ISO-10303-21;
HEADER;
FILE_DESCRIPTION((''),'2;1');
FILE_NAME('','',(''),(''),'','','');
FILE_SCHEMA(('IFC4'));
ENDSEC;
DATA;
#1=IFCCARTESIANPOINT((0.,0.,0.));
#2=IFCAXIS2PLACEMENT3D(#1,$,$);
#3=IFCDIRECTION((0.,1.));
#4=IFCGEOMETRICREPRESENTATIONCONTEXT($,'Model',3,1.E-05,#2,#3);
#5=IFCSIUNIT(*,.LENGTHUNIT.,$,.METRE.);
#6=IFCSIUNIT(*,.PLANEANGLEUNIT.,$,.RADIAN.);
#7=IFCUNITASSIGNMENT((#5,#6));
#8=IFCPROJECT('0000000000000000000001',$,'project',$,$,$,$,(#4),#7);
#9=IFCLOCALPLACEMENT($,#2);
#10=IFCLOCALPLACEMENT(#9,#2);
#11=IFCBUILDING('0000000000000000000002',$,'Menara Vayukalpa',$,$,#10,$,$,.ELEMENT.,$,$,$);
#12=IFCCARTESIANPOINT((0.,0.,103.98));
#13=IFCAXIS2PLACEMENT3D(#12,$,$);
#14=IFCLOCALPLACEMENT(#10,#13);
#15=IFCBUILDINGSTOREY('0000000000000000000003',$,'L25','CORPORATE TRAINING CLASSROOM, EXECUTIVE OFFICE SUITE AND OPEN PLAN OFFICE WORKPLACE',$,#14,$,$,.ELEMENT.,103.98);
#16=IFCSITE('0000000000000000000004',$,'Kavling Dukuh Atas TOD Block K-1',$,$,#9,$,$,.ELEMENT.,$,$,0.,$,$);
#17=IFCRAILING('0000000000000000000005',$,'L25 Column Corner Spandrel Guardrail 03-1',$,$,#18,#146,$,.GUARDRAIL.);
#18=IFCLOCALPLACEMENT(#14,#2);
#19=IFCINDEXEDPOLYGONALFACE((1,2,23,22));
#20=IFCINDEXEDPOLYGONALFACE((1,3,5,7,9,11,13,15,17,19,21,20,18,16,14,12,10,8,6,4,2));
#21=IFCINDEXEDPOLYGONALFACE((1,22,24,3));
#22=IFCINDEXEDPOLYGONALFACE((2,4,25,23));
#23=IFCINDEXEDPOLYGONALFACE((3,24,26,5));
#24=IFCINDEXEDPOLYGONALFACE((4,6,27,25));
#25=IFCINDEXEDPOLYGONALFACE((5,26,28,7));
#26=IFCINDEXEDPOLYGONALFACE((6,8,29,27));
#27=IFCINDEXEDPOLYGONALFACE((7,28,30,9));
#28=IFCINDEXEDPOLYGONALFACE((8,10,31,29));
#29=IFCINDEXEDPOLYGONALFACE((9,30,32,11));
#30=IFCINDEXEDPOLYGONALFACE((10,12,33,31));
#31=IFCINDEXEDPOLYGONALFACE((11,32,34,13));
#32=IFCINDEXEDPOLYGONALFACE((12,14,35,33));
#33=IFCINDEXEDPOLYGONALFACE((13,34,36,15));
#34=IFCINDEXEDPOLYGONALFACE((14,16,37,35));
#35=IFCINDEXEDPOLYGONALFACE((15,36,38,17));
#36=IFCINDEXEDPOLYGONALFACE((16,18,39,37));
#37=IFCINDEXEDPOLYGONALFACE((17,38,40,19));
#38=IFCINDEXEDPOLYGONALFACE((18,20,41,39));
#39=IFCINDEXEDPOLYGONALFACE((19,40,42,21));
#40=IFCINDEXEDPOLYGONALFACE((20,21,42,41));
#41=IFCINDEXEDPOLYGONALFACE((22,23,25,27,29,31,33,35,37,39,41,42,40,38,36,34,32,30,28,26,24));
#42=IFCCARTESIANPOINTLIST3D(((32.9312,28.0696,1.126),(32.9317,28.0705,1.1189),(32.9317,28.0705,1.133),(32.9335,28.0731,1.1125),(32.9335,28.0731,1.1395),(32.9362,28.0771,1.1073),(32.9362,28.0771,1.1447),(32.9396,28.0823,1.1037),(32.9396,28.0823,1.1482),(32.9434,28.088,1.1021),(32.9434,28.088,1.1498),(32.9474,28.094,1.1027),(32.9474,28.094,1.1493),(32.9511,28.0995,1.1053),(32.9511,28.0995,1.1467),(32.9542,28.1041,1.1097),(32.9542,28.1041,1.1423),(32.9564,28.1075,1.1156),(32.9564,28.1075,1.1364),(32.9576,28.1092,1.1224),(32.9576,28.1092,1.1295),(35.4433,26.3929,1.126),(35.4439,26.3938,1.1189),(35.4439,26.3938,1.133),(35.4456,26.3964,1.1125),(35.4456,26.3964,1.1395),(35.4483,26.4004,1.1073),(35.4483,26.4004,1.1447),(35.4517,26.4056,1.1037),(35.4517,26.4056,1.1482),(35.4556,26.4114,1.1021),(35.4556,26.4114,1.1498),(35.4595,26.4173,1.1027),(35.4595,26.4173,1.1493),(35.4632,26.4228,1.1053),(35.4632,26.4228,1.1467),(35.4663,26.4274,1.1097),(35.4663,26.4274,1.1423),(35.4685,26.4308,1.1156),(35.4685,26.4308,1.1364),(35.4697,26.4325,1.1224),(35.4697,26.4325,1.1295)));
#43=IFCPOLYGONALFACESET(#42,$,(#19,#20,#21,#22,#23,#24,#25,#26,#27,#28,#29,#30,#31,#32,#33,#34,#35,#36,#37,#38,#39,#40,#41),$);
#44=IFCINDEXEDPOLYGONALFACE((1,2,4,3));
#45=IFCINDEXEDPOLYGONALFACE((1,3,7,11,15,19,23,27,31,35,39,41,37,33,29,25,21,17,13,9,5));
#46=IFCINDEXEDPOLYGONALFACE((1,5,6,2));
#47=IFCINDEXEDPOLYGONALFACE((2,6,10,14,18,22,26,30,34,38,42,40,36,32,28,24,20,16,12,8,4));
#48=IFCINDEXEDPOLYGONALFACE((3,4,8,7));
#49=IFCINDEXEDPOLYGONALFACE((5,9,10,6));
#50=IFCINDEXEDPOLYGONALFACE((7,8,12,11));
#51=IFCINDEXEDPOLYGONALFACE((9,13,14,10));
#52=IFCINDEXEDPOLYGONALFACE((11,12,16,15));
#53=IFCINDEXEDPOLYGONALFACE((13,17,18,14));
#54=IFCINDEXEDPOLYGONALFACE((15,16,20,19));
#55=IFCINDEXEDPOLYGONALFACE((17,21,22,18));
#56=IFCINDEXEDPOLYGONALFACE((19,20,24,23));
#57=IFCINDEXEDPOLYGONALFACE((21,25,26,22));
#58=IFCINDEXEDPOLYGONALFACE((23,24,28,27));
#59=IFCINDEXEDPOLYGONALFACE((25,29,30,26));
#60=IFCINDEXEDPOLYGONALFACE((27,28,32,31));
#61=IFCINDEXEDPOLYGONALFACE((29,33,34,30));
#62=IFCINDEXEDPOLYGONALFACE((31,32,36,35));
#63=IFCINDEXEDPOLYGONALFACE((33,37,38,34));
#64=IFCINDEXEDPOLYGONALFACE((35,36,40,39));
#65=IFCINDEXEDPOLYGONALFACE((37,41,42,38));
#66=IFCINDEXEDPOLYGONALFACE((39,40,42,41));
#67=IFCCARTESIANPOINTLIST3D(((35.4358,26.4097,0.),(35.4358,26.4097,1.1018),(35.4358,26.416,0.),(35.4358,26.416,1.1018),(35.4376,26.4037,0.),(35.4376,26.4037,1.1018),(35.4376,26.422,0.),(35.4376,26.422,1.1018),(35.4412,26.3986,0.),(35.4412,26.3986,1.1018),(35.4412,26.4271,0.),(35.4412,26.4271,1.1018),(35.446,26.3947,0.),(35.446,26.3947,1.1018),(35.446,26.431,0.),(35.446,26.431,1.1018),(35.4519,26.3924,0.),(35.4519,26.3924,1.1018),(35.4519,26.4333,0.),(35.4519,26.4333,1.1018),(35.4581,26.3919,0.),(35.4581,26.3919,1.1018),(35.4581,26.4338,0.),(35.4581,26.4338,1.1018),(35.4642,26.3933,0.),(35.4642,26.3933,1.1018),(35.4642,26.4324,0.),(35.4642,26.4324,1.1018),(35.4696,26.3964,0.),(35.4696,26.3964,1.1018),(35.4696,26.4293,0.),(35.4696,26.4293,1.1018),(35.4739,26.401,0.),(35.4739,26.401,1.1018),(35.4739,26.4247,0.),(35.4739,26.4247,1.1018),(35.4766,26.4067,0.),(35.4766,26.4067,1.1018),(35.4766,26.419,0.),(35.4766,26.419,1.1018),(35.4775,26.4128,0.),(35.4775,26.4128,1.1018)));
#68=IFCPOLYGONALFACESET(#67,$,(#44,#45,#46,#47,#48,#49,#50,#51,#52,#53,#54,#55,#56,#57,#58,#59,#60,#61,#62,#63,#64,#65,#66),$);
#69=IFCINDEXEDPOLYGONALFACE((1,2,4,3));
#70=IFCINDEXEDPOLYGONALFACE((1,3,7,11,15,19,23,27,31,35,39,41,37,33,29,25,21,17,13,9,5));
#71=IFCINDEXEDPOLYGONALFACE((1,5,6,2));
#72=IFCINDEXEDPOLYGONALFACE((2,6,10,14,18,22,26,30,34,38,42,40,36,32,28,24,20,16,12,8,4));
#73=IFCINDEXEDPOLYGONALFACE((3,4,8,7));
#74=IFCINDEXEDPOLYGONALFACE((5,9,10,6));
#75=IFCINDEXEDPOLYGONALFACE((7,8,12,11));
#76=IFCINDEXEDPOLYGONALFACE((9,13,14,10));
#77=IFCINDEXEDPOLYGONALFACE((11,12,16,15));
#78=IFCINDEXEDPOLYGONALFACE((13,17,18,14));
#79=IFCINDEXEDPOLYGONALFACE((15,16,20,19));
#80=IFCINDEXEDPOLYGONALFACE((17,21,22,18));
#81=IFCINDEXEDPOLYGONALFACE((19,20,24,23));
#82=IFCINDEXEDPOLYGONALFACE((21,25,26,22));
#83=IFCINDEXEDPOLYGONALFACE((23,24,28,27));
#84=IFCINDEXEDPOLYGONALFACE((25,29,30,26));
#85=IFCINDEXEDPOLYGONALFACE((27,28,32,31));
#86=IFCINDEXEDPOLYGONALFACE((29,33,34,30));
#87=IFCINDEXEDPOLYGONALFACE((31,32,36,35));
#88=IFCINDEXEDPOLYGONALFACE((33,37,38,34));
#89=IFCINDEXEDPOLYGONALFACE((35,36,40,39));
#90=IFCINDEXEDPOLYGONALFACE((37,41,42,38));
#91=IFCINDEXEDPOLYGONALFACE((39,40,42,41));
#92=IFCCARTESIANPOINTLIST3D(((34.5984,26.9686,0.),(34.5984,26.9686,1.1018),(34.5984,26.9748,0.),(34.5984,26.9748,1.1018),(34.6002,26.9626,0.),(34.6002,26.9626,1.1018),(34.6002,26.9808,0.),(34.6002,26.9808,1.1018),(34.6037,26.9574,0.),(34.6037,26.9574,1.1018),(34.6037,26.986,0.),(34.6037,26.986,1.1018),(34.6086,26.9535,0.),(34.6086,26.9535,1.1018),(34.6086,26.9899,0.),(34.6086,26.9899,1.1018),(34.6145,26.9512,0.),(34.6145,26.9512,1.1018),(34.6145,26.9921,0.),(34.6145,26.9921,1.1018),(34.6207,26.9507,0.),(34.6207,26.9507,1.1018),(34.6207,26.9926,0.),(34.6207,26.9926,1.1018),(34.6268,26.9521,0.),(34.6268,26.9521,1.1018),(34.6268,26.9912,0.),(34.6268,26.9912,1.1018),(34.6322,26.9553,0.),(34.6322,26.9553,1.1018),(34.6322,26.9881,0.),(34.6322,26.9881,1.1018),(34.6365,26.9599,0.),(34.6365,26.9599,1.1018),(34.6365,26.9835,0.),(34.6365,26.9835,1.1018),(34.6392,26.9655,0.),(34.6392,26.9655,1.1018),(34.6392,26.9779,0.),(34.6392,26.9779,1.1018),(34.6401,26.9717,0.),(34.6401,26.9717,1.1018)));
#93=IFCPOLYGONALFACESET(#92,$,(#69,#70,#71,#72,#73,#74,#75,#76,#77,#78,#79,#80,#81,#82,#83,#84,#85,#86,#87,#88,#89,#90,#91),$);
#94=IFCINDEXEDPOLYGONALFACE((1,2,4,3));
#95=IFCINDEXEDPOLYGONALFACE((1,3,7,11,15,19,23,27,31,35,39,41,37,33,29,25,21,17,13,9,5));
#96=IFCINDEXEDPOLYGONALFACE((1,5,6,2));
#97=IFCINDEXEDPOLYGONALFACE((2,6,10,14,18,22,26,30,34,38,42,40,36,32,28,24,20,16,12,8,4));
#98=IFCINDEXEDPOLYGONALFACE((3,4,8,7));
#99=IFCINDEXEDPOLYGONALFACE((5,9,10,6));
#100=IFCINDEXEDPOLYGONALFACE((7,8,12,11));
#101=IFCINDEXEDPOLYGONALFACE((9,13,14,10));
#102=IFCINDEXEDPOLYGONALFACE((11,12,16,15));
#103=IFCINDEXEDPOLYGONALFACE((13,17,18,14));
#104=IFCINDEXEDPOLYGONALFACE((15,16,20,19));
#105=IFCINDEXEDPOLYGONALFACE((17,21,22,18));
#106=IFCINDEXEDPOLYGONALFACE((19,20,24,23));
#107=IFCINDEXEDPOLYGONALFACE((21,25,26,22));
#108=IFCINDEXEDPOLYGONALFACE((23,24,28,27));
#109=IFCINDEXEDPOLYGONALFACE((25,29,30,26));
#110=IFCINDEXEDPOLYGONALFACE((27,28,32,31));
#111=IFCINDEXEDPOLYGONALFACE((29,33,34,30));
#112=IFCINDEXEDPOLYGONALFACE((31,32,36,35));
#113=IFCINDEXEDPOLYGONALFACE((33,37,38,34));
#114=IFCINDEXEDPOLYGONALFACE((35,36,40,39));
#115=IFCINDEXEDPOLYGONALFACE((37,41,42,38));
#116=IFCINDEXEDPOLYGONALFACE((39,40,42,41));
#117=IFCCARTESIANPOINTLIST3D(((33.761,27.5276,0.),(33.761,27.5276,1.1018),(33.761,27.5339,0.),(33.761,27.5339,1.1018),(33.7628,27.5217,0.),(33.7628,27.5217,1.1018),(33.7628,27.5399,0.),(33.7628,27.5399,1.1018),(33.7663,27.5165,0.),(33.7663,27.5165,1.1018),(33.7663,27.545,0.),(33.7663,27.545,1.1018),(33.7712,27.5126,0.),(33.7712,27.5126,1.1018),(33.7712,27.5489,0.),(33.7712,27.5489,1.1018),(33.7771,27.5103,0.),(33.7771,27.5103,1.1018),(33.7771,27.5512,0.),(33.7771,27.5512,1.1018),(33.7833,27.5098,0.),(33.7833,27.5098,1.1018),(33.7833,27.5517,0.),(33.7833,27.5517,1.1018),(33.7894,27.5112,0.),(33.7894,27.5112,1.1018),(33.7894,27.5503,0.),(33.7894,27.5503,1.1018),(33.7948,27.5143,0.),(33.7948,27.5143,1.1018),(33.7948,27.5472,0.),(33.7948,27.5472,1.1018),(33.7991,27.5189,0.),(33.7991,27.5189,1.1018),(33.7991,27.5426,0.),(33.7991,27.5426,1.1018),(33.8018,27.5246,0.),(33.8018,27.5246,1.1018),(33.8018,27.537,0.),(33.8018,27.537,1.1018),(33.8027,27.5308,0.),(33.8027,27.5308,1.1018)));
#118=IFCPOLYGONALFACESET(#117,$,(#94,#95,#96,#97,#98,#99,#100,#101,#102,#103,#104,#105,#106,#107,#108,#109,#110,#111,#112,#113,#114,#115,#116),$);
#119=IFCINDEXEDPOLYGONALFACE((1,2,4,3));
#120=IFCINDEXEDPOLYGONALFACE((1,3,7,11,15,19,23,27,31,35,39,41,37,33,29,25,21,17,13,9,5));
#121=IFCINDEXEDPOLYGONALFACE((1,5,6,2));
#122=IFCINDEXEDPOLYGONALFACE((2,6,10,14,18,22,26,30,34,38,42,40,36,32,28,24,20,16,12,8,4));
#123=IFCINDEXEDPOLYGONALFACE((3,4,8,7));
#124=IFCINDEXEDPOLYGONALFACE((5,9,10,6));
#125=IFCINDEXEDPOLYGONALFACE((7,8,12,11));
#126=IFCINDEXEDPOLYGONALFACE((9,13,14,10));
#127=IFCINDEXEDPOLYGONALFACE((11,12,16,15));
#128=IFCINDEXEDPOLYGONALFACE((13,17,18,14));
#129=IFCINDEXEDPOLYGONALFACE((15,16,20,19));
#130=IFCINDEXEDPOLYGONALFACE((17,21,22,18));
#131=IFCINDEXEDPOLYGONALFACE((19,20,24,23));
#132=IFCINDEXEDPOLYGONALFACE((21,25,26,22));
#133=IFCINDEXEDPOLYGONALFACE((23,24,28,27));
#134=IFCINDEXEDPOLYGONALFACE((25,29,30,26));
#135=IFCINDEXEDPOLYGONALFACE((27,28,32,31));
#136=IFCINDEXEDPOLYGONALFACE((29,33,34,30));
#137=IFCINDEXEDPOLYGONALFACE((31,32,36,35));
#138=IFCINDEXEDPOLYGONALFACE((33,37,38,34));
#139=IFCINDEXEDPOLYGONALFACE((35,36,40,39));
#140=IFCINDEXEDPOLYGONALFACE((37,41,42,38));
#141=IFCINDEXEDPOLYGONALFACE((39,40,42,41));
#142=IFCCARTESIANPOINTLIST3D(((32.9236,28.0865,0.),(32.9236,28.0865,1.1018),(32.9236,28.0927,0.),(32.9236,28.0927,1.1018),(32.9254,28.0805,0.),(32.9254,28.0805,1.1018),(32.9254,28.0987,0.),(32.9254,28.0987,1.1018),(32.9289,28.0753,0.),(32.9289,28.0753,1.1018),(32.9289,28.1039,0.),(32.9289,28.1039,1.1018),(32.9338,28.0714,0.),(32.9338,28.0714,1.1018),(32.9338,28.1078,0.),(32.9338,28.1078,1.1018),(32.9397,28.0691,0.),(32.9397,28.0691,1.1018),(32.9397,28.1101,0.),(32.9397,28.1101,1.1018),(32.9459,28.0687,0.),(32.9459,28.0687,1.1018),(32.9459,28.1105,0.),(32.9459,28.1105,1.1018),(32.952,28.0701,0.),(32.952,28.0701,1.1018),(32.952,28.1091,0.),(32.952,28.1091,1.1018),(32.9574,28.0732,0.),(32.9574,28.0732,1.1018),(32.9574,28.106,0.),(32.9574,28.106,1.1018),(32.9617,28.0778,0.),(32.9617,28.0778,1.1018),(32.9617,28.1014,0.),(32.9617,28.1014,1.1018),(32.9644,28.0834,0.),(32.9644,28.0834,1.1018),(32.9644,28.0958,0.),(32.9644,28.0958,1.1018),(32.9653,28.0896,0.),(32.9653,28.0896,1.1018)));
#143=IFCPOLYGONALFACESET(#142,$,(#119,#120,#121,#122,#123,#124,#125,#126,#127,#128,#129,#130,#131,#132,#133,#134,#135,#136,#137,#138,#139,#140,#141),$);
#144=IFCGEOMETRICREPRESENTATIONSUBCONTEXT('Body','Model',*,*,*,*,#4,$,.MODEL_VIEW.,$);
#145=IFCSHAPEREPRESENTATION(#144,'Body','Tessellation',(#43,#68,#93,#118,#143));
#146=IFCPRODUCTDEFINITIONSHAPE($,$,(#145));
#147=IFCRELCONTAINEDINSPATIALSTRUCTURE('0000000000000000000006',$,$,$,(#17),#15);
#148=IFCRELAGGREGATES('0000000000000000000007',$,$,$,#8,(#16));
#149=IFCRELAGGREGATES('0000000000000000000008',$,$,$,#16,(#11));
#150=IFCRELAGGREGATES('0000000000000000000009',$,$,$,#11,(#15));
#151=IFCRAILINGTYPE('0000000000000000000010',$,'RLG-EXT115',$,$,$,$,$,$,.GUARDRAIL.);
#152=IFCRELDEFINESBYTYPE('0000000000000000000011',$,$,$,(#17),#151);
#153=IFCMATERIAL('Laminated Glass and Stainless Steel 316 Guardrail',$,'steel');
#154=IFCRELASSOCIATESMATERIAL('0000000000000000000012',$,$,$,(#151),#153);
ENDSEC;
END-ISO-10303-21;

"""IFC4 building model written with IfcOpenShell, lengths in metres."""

from ifc_helpers import new_model, si_unit, direction, frame, origin, origin_2d, place, context, subcontext, project, spatial, circle, extrude, material, type_object, element, save


model = new_model("IFC4")

# Units and contexts
model_context = context("Model", 3, precision=1e-05, world=origin(), true_north=direction((0.0, 1.0)))
body_context = subcontext(model_context, "Body", "Model", "MODEL_VIEW")
ifc_project = project(units=[si_unit("LENGTHUNIT", "METRE"), si_unit("PLANEANGLEUNIT", "RADIAN")], contexts=[model_context])

# Site, building, storey
site_placement = place(None, origin())
site = spatial("IfcSite", under=ifc_project, at=site_placement, Name="Kavling Dukuh Atas TOD Block K-1", CompositionType="ELEMENT", RefElevation=0.0)
building_placement = place(site_placement, origin())
building = spatial("IfcBuilding", under=site, at=building_placement, Name="Menara Vayukalpa", CompositionType="ELEMENT")
storey_placement = place(building_placement, frame((0.0, 0.0, 103.98)))
storey = spatial("IfcBuildingStorey", under=building, at=storey_placement, Name="L25", Description="CORPORATE TRAINING CLASSROOM, EXECUTIVE OFFICE SUITE AND OPEN PLAN OFFICE WORKPLACE", CompositionType="ELEMENT", Elevation=103.98)

# Railing
ifc_material_1 = material(Name="Laminated Glass and Stainless Steel 316 Guardrail", Category="steel")
railing_type_1 = type_object("IfcRailingType", Name="RLG-EXT115", PredefinedType="GUARDRAIL", material=ifc_material_1)
railing_1_placement = place(storey_placement, frame((35.4565, 26.4128, 0.0)))
element("IfcRailing", 1, at=railing_1_placement, inside=storey, type_object=railing_type_1, Name="L25 Column Corner Spandrel Guardrail 03-1", PredefinedType="GUARDRAIL", context=body_context, shape_type="SweptSolid", body=[
    extrude(circle(Radius=0.0239, at=origin_2d()), frame((0.0, 0.0, 1.126), z_axis=(-0.831752, 0.555148, 0.0), x_axis=(-0.555148, -0.831752, 0.0)), (0.0, 0.0, 1.0), 3.0203),
    extrude(circle(Radius=0.021, at=origin_2d()), origin(), (0.0, 0.0, 1.0), 1.1018),
    extrude(circle(Radius=0.021, at=origin_2d()), frame((-0.8374, 0.5588, 0.0)), (0.0, 0.0, 1.0), 1.1018),
    extrude(circle(Radius=0.021, at=origin_2d()), frame((-1.6748, 1.1179, 0.0)), (0.0, 0.0, 1.0), 1.1018),
    extrude(circle(Radius=0.021, at=origin_2d()), frame((-2.5122, 1.6768, 0.0)), (0.0, 0.0, 1.0), 1.1018),
])

save(model, "model.ifc")
